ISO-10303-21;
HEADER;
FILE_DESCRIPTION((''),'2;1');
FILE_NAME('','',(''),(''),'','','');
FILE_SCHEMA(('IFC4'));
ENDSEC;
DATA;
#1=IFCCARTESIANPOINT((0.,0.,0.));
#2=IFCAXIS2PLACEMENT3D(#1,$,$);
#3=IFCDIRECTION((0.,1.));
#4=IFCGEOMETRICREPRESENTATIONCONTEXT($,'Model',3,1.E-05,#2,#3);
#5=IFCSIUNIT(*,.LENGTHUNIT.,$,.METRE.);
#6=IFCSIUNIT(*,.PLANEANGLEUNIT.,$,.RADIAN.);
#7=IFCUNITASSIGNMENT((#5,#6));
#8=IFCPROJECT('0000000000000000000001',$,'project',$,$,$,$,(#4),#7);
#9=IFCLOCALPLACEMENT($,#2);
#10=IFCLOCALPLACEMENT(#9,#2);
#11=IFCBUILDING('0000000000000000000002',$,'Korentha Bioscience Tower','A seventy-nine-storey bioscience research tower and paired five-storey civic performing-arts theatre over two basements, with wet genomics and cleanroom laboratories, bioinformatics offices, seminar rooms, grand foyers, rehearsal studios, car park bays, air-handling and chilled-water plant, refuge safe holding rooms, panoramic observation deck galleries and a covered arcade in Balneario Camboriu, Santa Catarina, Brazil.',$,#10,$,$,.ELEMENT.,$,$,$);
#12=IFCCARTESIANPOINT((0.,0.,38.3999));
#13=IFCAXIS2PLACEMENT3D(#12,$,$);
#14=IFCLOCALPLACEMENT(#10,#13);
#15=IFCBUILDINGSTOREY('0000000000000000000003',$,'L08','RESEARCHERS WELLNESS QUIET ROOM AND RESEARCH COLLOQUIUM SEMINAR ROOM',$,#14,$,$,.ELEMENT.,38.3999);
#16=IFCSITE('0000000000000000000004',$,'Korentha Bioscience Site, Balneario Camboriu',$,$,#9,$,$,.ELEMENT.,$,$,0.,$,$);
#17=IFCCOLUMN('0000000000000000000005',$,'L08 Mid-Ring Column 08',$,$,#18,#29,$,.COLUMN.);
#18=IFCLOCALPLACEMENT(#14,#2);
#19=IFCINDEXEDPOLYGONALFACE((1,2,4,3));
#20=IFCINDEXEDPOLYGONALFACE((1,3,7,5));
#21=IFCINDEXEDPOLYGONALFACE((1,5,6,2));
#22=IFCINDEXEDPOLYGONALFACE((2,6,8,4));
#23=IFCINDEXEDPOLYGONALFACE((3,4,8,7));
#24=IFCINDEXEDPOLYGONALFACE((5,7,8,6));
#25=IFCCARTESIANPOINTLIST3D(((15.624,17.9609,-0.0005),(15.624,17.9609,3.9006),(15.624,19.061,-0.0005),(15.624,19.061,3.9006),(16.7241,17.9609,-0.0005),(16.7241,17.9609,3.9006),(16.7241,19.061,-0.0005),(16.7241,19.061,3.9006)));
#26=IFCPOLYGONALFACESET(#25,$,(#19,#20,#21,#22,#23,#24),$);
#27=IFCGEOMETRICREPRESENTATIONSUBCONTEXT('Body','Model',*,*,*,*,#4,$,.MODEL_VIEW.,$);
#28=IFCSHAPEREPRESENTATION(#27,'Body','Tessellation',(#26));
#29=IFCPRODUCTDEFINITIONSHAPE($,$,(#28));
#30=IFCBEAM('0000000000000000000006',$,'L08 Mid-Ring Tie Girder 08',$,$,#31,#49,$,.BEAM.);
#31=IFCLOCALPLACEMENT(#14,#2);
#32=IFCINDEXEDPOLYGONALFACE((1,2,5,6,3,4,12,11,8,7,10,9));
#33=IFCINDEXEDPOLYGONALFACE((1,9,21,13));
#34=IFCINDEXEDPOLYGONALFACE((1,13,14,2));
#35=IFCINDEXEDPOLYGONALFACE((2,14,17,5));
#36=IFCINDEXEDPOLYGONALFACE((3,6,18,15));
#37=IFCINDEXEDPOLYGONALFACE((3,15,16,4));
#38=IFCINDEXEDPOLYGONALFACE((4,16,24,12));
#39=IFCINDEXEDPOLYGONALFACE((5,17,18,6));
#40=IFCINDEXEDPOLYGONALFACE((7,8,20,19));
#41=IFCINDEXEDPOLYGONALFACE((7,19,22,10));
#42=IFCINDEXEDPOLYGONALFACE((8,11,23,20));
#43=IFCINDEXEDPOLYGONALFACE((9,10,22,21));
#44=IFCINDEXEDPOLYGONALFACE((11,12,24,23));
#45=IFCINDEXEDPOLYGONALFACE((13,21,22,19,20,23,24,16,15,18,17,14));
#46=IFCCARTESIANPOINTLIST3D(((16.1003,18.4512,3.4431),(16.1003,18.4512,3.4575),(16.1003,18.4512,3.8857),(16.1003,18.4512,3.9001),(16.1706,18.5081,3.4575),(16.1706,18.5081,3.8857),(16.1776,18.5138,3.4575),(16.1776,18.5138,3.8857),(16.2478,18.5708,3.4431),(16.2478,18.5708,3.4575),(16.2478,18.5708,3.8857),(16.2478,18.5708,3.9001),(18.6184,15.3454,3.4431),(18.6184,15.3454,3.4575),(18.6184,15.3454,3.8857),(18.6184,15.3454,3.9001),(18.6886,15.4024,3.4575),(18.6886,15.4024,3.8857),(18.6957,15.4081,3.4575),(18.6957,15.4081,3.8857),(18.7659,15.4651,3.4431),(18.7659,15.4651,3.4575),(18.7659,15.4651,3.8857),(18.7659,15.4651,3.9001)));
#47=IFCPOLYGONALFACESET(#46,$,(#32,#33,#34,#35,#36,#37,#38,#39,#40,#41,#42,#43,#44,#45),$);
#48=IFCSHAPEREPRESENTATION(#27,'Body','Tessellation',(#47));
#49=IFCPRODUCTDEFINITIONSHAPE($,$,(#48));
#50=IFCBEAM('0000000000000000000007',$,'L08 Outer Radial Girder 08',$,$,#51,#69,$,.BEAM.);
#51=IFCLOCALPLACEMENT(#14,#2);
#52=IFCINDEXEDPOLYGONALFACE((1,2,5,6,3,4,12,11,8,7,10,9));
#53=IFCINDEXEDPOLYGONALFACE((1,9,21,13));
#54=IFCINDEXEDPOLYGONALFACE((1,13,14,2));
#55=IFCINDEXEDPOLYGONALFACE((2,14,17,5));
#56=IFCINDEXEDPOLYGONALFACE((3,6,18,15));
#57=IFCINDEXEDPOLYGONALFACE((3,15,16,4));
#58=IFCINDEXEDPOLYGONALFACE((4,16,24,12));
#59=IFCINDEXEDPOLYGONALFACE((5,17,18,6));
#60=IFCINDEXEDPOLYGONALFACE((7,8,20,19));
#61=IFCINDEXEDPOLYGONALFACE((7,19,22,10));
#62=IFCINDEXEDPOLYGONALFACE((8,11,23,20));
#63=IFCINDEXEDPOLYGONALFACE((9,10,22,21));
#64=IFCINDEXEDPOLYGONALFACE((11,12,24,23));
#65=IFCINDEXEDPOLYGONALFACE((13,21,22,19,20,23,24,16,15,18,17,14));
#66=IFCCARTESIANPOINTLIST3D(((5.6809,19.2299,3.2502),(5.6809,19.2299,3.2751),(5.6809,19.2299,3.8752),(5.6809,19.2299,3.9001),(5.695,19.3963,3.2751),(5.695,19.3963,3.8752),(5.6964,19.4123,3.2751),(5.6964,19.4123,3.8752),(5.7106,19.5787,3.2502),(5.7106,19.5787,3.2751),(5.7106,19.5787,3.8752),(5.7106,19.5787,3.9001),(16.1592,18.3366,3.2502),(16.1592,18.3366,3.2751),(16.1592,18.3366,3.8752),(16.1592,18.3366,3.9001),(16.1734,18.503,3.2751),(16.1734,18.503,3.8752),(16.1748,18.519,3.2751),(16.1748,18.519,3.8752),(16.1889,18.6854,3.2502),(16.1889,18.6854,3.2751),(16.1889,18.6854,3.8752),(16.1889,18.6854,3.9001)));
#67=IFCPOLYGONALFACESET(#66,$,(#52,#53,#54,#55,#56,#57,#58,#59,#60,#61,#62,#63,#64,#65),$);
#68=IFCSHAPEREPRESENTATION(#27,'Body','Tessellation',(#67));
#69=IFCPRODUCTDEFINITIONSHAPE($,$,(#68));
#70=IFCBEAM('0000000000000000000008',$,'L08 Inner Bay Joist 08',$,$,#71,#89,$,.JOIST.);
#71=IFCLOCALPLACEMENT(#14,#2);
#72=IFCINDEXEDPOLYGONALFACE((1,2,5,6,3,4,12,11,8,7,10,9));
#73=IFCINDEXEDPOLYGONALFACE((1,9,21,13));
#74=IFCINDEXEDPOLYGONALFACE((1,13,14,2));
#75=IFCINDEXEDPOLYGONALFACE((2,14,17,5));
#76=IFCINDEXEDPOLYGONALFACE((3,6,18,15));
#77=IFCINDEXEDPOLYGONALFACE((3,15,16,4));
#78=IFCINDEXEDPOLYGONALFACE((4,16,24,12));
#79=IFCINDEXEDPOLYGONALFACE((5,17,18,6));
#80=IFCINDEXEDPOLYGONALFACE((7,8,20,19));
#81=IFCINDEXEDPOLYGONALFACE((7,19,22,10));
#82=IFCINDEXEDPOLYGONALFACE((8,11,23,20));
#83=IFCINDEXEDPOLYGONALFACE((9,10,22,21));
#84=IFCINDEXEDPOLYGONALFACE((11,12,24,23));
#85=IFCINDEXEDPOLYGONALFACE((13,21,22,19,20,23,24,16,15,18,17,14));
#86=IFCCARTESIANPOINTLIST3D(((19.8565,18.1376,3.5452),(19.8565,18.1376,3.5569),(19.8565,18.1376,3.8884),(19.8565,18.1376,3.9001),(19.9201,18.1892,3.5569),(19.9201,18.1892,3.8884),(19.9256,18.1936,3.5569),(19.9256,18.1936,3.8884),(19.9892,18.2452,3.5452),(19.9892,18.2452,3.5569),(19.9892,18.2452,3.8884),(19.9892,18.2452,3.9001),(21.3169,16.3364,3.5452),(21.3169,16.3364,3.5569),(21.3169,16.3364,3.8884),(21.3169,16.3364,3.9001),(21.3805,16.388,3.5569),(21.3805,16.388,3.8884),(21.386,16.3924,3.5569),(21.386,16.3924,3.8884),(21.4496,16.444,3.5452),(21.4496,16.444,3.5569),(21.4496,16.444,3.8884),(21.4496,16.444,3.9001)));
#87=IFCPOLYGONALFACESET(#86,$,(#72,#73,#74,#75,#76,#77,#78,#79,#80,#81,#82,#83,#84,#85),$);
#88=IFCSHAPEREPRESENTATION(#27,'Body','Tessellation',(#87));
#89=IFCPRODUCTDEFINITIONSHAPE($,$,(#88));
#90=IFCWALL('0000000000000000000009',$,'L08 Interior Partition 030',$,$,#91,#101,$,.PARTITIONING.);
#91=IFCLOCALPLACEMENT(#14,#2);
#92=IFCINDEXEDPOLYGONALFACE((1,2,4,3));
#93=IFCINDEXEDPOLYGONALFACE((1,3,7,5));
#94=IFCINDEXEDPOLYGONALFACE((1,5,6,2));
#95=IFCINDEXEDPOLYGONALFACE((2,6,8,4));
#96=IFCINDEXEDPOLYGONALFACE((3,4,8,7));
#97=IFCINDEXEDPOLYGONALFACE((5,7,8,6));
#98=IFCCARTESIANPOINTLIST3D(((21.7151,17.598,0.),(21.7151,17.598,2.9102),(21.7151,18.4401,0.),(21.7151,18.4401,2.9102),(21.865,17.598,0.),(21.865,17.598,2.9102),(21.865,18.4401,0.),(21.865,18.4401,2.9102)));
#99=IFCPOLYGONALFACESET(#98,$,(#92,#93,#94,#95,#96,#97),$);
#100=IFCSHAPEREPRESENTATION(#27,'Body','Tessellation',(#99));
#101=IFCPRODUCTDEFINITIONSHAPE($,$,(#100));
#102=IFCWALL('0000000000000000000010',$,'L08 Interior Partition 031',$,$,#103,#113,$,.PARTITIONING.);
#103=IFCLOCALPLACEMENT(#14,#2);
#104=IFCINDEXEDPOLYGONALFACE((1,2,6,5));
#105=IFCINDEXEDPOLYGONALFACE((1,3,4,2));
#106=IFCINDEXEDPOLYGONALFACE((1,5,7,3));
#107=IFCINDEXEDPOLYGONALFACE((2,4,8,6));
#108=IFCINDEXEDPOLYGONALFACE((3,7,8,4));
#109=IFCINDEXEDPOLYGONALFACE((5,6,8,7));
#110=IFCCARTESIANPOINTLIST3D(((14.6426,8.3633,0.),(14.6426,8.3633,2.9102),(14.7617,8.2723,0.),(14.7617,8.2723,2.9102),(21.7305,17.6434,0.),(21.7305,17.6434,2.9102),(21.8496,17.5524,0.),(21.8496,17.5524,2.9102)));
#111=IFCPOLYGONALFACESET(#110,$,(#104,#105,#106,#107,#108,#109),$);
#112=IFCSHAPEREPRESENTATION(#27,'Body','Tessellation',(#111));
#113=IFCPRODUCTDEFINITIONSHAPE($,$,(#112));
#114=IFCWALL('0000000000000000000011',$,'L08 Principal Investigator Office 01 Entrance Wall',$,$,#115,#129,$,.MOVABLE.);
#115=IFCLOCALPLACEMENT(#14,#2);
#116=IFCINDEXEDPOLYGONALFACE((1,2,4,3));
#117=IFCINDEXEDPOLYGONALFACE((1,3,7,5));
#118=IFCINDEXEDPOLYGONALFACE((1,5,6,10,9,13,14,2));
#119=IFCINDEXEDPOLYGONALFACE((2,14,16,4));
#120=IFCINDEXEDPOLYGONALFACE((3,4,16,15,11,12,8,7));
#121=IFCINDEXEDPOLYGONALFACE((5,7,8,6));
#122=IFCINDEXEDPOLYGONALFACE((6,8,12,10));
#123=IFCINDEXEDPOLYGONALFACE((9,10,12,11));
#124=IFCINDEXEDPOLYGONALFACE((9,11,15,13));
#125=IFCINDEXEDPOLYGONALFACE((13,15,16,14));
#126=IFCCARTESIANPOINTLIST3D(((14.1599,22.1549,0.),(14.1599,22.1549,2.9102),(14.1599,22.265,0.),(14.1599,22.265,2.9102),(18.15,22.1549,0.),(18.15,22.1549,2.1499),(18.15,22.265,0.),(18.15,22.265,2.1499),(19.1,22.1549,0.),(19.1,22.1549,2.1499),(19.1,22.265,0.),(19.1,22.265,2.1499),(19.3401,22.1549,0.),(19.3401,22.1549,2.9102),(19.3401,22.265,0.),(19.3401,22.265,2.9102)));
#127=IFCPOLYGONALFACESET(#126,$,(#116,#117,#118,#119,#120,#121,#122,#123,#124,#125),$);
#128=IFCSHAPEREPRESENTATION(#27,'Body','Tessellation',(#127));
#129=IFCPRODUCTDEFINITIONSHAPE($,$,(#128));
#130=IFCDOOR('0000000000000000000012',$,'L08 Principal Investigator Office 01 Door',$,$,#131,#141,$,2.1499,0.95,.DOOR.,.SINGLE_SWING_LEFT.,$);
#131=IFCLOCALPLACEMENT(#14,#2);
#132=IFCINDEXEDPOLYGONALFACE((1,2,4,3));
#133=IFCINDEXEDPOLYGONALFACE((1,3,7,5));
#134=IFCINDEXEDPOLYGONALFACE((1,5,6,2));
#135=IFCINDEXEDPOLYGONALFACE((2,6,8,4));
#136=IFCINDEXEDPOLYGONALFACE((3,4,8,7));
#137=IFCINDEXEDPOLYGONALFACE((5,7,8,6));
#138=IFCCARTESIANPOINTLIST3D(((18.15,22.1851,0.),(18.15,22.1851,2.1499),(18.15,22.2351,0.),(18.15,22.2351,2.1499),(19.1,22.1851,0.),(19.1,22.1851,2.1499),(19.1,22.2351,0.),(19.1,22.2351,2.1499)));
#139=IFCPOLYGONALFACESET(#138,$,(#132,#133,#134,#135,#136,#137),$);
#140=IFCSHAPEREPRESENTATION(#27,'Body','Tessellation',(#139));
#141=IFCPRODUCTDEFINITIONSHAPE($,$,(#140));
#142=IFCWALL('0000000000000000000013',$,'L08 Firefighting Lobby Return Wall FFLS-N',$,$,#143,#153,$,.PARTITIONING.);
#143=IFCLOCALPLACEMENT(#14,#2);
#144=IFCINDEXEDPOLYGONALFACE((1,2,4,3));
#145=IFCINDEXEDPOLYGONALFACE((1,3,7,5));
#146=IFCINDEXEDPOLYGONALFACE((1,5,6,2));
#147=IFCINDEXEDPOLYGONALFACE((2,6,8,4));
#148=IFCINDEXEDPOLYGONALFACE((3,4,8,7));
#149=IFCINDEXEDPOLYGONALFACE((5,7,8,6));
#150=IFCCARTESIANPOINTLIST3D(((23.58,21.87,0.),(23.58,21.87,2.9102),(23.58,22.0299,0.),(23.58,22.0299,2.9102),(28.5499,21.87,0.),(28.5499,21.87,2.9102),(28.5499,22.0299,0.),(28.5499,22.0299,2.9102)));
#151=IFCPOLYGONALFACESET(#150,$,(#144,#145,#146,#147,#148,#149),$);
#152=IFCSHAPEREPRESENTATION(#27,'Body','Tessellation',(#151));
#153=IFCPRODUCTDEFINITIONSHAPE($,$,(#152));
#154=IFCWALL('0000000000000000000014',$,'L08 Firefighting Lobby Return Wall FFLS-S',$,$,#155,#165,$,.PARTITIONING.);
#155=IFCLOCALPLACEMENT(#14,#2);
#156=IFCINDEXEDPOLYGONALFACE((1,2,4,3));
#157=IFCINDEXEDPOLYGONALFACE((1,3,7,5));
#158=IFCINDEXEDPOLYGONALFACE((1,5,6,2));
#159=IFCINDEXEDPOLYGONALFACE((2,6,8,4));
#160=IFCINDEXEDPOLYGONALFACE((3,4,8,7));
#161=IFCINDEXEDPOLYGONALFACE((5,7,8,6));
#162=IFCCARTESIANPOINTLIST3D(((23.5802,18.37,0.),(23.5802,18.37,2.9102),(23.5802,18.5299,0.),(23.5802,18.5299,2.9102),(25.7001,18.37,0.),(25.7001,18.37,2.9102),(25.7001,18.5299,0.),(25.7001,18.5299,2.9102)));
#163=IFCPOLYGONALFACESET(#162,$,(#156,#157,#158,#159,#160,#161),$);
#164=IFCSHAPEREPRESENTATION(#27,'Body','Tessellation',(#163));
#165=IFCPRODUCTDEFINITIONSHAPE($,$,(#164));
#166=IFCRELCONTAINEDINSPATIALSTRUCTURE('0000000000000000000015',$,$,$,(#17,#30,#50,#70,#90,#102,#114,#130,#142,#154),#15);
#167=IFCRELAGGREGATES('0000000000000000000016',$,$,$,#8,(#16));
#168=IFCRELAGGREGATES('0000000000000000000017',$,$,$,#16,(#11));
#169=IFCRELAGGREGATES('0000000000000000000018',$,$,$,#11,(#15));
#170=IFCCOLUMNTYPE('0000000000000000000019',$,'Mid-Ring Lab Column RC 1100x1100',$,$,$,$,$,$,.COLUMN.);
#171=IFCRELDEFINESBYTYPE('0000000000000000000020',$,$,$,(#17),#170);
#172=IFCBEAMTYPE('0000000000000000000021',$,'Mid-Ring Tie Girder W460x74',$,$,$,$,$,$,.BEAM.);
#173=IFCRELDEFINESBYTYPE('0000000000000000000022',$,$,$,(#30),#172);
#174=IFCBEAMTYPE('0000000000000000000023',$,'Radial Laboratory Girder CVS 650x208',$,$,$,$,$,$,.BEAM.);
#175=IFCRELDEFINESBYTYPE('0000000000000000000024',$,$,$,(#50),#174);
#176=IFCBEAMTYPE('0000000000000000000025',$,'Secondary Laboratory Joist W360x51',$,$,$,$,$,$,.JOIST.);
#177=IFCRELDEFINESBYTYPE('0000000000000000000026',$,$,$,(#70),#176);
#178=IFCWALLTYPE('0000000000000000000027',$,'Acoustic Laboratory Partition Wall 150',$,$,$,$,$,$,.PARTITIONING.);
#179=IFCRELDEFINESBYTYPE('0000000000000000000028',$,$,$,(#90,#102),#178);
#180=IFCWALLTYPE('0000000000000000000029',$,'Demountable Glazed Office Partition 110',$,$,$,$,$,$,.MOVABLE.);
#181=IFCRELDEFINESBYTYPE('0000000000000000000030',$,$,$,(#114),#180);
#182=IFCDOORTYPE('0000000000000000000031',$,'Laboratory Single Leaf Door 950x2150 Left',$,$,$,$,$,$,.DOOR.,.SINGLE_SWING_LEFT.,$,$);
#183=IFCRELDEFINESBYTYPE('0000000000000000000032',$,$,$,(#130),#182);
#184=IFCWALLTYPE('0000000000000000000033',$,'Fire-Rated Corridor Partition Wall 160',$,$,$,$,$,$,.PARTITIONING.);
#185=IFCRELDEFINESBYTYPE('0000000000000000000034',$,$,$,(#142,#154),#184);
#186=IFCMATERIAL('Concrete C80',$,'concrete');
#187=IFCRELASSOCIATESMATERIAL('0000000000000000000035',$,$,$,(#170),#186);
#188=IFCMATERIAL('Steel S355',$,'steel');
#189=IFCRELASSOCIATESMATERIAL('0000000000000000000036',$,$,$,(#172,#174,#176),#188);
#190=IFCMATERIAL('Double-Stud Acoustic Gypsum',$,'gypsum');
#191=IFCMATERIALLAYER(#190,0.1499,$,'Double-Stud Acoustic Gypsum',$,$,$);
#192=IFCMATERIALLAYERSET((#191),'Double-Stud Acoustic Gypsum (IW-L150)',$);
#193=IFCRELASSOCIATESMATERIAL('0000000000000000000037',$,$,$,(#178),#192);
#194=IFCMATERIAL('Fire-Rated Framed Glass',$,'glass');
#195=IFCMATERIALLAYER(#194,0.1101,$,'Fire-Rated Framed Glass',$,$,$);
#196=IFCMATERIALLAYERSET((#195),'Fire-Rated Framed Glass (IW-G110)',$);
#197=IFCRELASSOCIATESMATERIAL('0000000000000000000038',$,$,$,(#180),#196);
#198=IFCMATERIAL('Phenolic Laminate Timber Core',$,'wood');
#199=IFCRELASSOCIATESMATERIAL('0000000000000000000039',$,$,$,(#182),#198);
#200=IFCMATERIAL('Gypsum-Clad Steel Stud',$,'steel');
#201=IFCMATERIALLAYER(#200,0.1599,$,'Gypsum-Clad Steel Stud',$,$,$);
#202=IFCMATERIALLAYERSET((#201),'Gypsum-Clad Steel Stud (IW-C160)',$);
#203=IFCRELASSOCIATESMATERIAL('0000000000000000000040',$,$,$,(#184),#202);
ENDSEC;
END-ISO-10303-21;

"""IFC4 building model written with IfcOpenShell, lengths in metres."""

from ifc_helpers import new_model, si_unit, direction, frame, frame_2d, origin, origin_2d, place, context, subcontext, project, spatial, rectangle, i_section, extrude, material, layer, layer_set, material_profile, profile_set, type_object, element, fill, save


model = new_model("IFC4")

# Units and contexts
model_context = context("Model", 3, precision=1e-05, world=origin(), true_north=direction((0.0, 1.0)))
body_context = subcontext(model_context, "Body", "Model", "MODEL_VIEW")
ifc_project = project(units=[si_unit("LENGTHUNIT", "METRE"), si_unit("PLANEANGLEUNIT", "RADIAN")], contexts=[model_context])

# Site, building, storey
site_placement = place(None, origin())
site = spatial("IfcSite", under=ifc_project, at=site_placement, Name="Korentha Bioscience Site, Balneario Camboriu", CompositionType="ELEMENT", RefElevation=0.0)
building_placement = place(site_placement, origin())
building = spatial("IfcBuilding", under=site, at=building_placement, Name="Korentha Bioscience Tower", Description="A seventy-nine-storey bioscience research tower and paired five-storey civic performing-arts theatre over two basements, with wet genomics and cleanroom laboratories, bioinformatics offices, seminar rooms, grand foyers, rehearsal studios, car park bays, air-handling and chilled-water plant, refuge safe holding rooms, panoramic observation deck galleries and a covered arcade in Balneario Camboriu, Santa Catarina, Brazil.", CompositionType="ELEMENT")
storey_placement = place(building_placement, frame((0.0, 0.0, 38.3999)))
storey = spatial("IfcBuildingStorey", under=building, at=storey_placement, Name="L08", Description="RESEARCHERS WELLNESS QUIET ROOM AND RESEARCH COLLOQUIUM SEMINAR ROOM", CompositionType="ELEMENT", Elevation=38.3999)

# Column
ifc_material_1 = material(Name="Concrete C80", Category="concrete")
ifc_material_profile_1 = material_profile(ifc_material_1, rectangle(XDim=1.1001, YDim=1.1001, at=origin_2d()), Name="Concrete C80")
ifc_profile_set_1 = profile_set([ifc_material_profile_1], Name="Concrete C80 (COL-MR11)")
column_type = type_object("IfcColumnType", Name="Mid-Ring Lab Column RC 1100x1100", PredefinedType="COLUMN", material=ifc_profile_set_1)
column_placement = place(storey_placement, frame((16.1741, 18.511, -0.0005), z_axis=(0.0, 0.0, 1.0), x_axis=(1.0, 0.0, 0.0)))
element("IfcColumn", 1, at=column_placement, inside=storey, type_object=column_type, Name="L08 Mid-Ring Column 08", PredefinedType="COLUMN", context=body_context, shape_type="SweptSolid", body=[
    extrude(rectangle(XDim=1.1001, YDim=1.1001, at=origin_2d()), origin(), (0.0, 0.0, 1.0), 3.9011),
])

# Beams
ifc_material_2 = material(Name="Steel S355", Category="steel")
ifc_material_profile_2 = material_profile(ifc_material_2, i_section(OverallWidth=0.1899, OverallDepth=0.457, WebThickness=0.009, FlangeThickness=0.0144, at=origin_2d()), Name="Steel S355")
ifc_profile_set_2 = profile_set([ifc_material_profile_2], Name="Steel S355 (MB-460)")
beam_type_1 = type_object("IfcBeamType", Name="Mid-Ring Tie Girder W460x74", PredefinedType="BEAM", material=ifc_profile_set_2)
beam_1_placement = place(storey_placement, frame((16.1741, 18.511, 3.6716), z_axis=(0.62979, -0.776765, 0.0), x_axis=(0.776765, 0.62979, 0.0)))
element("IfcBeam", 2, at=beam_1_placement, inside=storey, type_object=beam_type_1, Name="L08 Mid-Ring Tie Girder 08", PredefinedType="BEAM", context=body_context, shape_type="SweptSolid", body=[
    extrude(i_section(OverallWidth=0.1899, OverallDepth=0.457, WebThickness=0.009, FlangeThickness=0.0144, at=origin_2d()), origin(), (0.0, 0.0, 1.0), 3.9983),
])
ifc_material_profile_3 = material_profile(ifc_material_2, i_section(OverallWidth=0.3501, OverallDepth=0.6499, WebThickness=0.0161, FlangeThickness=0.0249, at=origin_2d()), Name="Steel S355")
ifc_profile_set_3 = profile_set([ifc_material_profile_3], Name="Steel S355 (RB-650)")
beam_type_2 = type_object("IfcBeamType", Name="Radial Laboratory Girder CVS 650x208", PredefinedType="BEAM", material=ifc_profile_set_3)
beam_2_placement = place(storey_placement, frame((16.1741, 18.511, 3.5752), z_axis=(-0.996386, 0.084945, 0.0), x_axis=(-0.084945, -0.996386, 0.0)))
element("IfcBeam", 3, at=beam_2_placement, inside=storey, type_object=beam_type_2, Name="L08 Outer Radial Girder 08", PredefinedType="BEAM", context=body_context, shape_type="SweptSolid", body=[
    extrude(i_section(OverallWidth=0.3501, OverallDepth=0.6499, WebThickness=0.0161, FlangeThickness=0.0249, at=origin_2d()), origin(), (0.0, 0.0, 1.0), 10.5164),
])
ifc_material_profile_4 = material_profile(ifc_material_2, i_section(OverallWidth=0.1709, OverallDepth=0.355, WebThickness=0.0071, FlangeThickness=0.0117, at=origin_2d()), Name="Steel S355")
ifc_profile_set_4 = profile_set([ifc_material_profile_4], Name="Steel S355 (JB-360)")
beam_type_3 = type_object("IfcBeamType", Name="Secondary Laboratory Joist W360x51", PredefinedType="JOIST", material=ifc_profile_set_4)
beam_3_placement = place(storey_placement, frame((19.9229, 18.1914, 3.7227), z_axis=(0.629792, -0.776764, 0.0), x_axis=(0.776764, 0.629792, 0.0)))
element("IfcBeam", 4, at=beam_3_placement, inside=storey, type_object=beam_type_3, Name="L08 Inner Bay Joist 08", PredefinedType="JOIST", context=body_context, shape_type="SweptSolid", body=[
    extrude(i_section(OverallWidth=0.1709, OverallDepth=0.355, WebThickness=0.0071, FlangeThickness=0.0117, at=origin_2d()), origin(), (0.0, 0.0, 1.0), 2.3188),
])

# Walls
ifc_material_3 = material(Name="Double-Stud Acoustic Gypsum", Category="gypsum")
ifc_layer_1 = layer(ifc_material_3, 0.1499, Name="Double-Stud Acoustic Gypsum")
ifc_layer_set_1 = layer_set([ifc_layer_1], Name="Double-Stud Acoustic Gypsum (IW-L150)")
wall_type_1 = type_object("IfcWallType", Name="Acoustic Laboratory Partition Wall 150", PredefinedType="PARTITIONING", material=ifc_layer_set_1)
wall_1_placement = place(storey_placement, frame((21.79, 18.4399, 0.0), z_axis=(0.0, 0.0, 1.0), x_axis=(0.0, -1.0, 0.0)))
element("IfcWall", 5, at=wall_1_placement, inside=storey, type_object=wall_type_1, Name="L08 Interior Partition 030", PredefinedType="PARTITIONING", context=body_context, shape_type="SweptSolid", body=[
    extrude(rectangle(XDim=0.842, YDim=0.1499, at=frame_2d((0.4209, 0.0))), origin(), (0.0, 0.0, 1.0), 2.9102),
])
wall_2_placement = place(storey_placement, frame((21.79, 17.5979, 0.0), z_axis=(0.0, 0.0, 1.0), x_axis=(-0.606985, -0.794713, 0.0)))
element("IfcWall", 6, at=wall_2_placement, inside=storey, type_object=wall_type_1, Name="L08 Interior Partition 031", PredefinedType="PARTITIONING", context=body_context, shape_type="SweptSolid", body=[
    extrude(rectangle(XDim=11.6772, YDim=0.1499, at=frame_2d((5.8386, 0.0))), origin(), (0.0, 0.0, 1.0), 2.9102),
])

# Wall, opening, door
ifc_material_4 = material(Name="Fire-Rated Framed Glass", Category="glass")
ifc_layer_2 = layer(ifc_material_4, 0.1101, Name="Fire-Rated Framed Glass")
ifc_layer_set_2 = layer_set([ifc_layer_2], Name="Fire-Rated Framed Glass (IW-G110)")
wall_type_2 = type_object("IfcWallType", Name="Demountable Glazed Office Partition 110", PredefinedType="MOVABLE", material=ifc_layer_set_2)
wall_3_placement = place(storey_placement, frame((19.3401, 22.21, 0.0), z_axis=(0.0, 0.0, 1.0), x_axis=(-1.0, 0.0, 0.0)))
wall_3 = element("IfcWall", 7, at=wall_3_placement, inside=storey, type_object=wall_type_2, Name="L08 Principal Investigator Office 01 Entrance Wall", PredefinedType="MOVABLE", context=body_context, shape_type="SweptSolid", body=[
    extrude(rectangle(XDim=5.1802, YDim=0.1101, at=frame_2d((2.5901, 0.0))), origin(), (0.0, 0.0, 1.0), 2.9102),
])
opening_1_placement = place(wall_3_placement, frame((0.24, 0.0, 0.0)))
opening_1 = element("IfcOpeningElement", 8, at=opening_1_placement, cuts=wall_3, PredefinedType="OPENING", context=body_context, shape_type="SweptSolid", body=[
    extrude(rectangle(XDim=0.95, YDim=2.1499, at=frame_2d((0.4751, 1.075))), frame((0.0, 0.0698, 0.0), z_axis=(0.0, -1.0, 0.0), x_axis=(1.0, 0.0, 0.0)), (0.0, 0.0, 1.0), 0.1399),
])
ifc_material_5 = material(Name="Phenolic Laminate Timber Core", Category="wood")
door_type_1 = type_object("IfcDoorType", Name="Laboratory Single Leaf Door 950x2150 Left", OperationType="SINGLE_SWING_LEFT", PredefinedType="DOOR", material=ifc_material_5)
door_1_placement = place(opening_1_placement, origin())
door_1 = element("IfcDoor", 9, at=door_1_placement, inside=storey, type_object=door_type_1, Name="L08 Principal Investigator Office 01 Door", OperationType="SINGLE_SWING_LEFT", OverallHeight=2.1499, OverallWidth=0.95, PredefinedType="DOOR", context=body_context, shape_type="SweptSolid", body=[
    extrude(rectangle(XDim=0.95, YDim=2.1499, at=frame_2d((0.4751, 1.075))), frame((0.0, 0.0249, 0.0), z_axis=(0.0, -1.0, 0.0), x_axis=(1.0, 0.0, 0.0)), (0.0, 0.0, 1.0), 0.05),
])
fill(opening_1, door_1)
ifc_material_6 = material(Name="Gypsum-Clad Steel Stud", Category="steel")
ifc_layer_3 = layer(ifc_material_6, 0.1599, Name="Gypsum-Clad Steel Stud")
ifc_layer_set_3 = layer_set([ifc_layer_3], Name="Gypsum-Clad Steel Stud (IW-C160)")
wall_type_3 = type_object("IfcWallType", Name="Fire-Rated Corridor Partition Wall 160", PredefinedType="PARTITIONING", material=ifc_layer_set_3)

# Walls
wall_4_placement = place(storey_placement, frame((23.5801, 21.95, 0.0), z_axis=(0.0, 0.0, 1.0), x_axis=(1.0, 0.0, 0.0)))
element("IfcWall", 10, at=wall_4_placement, inside=storey, type_object=wall_type_3, Name="L08 Firefighting Lobby Return Wall FFLS-N", PredefinedType="PARTITIONING", context=body_context, shape_type="SweptSolid", body=[
    extrude(rectangle(XDim=4.97, YDim=0.1599, at=frame_2d((2.4849, 0.0))), origin(), (0.0, 0.0, 1.0), 2.9102),
])
wall_5_placement = place(storey_placement, frame((23.5801, 18.45, 0.0), z_axis=(0.0, 0.0, 1.0), x_axis=(1.0, 0.0, 0.0)))
element("IfcWall", 11, at=wall_5_placement, inside=storey, type_object=wall_type_3, Name="L08 Firefighting Lobby Return Wall FFLS-S", PredefinedType="PARTITIONING", context=body_context, shape_type="SweptSolid", body=[
    extrude(rectangle(XDim=2.1199, YDim=0.1599, at=frame_2d((1.0601, 0.0))), origin(), (0.0, 0.0, 1.0), 2.9102),
])

save(model, "model.ifc")
